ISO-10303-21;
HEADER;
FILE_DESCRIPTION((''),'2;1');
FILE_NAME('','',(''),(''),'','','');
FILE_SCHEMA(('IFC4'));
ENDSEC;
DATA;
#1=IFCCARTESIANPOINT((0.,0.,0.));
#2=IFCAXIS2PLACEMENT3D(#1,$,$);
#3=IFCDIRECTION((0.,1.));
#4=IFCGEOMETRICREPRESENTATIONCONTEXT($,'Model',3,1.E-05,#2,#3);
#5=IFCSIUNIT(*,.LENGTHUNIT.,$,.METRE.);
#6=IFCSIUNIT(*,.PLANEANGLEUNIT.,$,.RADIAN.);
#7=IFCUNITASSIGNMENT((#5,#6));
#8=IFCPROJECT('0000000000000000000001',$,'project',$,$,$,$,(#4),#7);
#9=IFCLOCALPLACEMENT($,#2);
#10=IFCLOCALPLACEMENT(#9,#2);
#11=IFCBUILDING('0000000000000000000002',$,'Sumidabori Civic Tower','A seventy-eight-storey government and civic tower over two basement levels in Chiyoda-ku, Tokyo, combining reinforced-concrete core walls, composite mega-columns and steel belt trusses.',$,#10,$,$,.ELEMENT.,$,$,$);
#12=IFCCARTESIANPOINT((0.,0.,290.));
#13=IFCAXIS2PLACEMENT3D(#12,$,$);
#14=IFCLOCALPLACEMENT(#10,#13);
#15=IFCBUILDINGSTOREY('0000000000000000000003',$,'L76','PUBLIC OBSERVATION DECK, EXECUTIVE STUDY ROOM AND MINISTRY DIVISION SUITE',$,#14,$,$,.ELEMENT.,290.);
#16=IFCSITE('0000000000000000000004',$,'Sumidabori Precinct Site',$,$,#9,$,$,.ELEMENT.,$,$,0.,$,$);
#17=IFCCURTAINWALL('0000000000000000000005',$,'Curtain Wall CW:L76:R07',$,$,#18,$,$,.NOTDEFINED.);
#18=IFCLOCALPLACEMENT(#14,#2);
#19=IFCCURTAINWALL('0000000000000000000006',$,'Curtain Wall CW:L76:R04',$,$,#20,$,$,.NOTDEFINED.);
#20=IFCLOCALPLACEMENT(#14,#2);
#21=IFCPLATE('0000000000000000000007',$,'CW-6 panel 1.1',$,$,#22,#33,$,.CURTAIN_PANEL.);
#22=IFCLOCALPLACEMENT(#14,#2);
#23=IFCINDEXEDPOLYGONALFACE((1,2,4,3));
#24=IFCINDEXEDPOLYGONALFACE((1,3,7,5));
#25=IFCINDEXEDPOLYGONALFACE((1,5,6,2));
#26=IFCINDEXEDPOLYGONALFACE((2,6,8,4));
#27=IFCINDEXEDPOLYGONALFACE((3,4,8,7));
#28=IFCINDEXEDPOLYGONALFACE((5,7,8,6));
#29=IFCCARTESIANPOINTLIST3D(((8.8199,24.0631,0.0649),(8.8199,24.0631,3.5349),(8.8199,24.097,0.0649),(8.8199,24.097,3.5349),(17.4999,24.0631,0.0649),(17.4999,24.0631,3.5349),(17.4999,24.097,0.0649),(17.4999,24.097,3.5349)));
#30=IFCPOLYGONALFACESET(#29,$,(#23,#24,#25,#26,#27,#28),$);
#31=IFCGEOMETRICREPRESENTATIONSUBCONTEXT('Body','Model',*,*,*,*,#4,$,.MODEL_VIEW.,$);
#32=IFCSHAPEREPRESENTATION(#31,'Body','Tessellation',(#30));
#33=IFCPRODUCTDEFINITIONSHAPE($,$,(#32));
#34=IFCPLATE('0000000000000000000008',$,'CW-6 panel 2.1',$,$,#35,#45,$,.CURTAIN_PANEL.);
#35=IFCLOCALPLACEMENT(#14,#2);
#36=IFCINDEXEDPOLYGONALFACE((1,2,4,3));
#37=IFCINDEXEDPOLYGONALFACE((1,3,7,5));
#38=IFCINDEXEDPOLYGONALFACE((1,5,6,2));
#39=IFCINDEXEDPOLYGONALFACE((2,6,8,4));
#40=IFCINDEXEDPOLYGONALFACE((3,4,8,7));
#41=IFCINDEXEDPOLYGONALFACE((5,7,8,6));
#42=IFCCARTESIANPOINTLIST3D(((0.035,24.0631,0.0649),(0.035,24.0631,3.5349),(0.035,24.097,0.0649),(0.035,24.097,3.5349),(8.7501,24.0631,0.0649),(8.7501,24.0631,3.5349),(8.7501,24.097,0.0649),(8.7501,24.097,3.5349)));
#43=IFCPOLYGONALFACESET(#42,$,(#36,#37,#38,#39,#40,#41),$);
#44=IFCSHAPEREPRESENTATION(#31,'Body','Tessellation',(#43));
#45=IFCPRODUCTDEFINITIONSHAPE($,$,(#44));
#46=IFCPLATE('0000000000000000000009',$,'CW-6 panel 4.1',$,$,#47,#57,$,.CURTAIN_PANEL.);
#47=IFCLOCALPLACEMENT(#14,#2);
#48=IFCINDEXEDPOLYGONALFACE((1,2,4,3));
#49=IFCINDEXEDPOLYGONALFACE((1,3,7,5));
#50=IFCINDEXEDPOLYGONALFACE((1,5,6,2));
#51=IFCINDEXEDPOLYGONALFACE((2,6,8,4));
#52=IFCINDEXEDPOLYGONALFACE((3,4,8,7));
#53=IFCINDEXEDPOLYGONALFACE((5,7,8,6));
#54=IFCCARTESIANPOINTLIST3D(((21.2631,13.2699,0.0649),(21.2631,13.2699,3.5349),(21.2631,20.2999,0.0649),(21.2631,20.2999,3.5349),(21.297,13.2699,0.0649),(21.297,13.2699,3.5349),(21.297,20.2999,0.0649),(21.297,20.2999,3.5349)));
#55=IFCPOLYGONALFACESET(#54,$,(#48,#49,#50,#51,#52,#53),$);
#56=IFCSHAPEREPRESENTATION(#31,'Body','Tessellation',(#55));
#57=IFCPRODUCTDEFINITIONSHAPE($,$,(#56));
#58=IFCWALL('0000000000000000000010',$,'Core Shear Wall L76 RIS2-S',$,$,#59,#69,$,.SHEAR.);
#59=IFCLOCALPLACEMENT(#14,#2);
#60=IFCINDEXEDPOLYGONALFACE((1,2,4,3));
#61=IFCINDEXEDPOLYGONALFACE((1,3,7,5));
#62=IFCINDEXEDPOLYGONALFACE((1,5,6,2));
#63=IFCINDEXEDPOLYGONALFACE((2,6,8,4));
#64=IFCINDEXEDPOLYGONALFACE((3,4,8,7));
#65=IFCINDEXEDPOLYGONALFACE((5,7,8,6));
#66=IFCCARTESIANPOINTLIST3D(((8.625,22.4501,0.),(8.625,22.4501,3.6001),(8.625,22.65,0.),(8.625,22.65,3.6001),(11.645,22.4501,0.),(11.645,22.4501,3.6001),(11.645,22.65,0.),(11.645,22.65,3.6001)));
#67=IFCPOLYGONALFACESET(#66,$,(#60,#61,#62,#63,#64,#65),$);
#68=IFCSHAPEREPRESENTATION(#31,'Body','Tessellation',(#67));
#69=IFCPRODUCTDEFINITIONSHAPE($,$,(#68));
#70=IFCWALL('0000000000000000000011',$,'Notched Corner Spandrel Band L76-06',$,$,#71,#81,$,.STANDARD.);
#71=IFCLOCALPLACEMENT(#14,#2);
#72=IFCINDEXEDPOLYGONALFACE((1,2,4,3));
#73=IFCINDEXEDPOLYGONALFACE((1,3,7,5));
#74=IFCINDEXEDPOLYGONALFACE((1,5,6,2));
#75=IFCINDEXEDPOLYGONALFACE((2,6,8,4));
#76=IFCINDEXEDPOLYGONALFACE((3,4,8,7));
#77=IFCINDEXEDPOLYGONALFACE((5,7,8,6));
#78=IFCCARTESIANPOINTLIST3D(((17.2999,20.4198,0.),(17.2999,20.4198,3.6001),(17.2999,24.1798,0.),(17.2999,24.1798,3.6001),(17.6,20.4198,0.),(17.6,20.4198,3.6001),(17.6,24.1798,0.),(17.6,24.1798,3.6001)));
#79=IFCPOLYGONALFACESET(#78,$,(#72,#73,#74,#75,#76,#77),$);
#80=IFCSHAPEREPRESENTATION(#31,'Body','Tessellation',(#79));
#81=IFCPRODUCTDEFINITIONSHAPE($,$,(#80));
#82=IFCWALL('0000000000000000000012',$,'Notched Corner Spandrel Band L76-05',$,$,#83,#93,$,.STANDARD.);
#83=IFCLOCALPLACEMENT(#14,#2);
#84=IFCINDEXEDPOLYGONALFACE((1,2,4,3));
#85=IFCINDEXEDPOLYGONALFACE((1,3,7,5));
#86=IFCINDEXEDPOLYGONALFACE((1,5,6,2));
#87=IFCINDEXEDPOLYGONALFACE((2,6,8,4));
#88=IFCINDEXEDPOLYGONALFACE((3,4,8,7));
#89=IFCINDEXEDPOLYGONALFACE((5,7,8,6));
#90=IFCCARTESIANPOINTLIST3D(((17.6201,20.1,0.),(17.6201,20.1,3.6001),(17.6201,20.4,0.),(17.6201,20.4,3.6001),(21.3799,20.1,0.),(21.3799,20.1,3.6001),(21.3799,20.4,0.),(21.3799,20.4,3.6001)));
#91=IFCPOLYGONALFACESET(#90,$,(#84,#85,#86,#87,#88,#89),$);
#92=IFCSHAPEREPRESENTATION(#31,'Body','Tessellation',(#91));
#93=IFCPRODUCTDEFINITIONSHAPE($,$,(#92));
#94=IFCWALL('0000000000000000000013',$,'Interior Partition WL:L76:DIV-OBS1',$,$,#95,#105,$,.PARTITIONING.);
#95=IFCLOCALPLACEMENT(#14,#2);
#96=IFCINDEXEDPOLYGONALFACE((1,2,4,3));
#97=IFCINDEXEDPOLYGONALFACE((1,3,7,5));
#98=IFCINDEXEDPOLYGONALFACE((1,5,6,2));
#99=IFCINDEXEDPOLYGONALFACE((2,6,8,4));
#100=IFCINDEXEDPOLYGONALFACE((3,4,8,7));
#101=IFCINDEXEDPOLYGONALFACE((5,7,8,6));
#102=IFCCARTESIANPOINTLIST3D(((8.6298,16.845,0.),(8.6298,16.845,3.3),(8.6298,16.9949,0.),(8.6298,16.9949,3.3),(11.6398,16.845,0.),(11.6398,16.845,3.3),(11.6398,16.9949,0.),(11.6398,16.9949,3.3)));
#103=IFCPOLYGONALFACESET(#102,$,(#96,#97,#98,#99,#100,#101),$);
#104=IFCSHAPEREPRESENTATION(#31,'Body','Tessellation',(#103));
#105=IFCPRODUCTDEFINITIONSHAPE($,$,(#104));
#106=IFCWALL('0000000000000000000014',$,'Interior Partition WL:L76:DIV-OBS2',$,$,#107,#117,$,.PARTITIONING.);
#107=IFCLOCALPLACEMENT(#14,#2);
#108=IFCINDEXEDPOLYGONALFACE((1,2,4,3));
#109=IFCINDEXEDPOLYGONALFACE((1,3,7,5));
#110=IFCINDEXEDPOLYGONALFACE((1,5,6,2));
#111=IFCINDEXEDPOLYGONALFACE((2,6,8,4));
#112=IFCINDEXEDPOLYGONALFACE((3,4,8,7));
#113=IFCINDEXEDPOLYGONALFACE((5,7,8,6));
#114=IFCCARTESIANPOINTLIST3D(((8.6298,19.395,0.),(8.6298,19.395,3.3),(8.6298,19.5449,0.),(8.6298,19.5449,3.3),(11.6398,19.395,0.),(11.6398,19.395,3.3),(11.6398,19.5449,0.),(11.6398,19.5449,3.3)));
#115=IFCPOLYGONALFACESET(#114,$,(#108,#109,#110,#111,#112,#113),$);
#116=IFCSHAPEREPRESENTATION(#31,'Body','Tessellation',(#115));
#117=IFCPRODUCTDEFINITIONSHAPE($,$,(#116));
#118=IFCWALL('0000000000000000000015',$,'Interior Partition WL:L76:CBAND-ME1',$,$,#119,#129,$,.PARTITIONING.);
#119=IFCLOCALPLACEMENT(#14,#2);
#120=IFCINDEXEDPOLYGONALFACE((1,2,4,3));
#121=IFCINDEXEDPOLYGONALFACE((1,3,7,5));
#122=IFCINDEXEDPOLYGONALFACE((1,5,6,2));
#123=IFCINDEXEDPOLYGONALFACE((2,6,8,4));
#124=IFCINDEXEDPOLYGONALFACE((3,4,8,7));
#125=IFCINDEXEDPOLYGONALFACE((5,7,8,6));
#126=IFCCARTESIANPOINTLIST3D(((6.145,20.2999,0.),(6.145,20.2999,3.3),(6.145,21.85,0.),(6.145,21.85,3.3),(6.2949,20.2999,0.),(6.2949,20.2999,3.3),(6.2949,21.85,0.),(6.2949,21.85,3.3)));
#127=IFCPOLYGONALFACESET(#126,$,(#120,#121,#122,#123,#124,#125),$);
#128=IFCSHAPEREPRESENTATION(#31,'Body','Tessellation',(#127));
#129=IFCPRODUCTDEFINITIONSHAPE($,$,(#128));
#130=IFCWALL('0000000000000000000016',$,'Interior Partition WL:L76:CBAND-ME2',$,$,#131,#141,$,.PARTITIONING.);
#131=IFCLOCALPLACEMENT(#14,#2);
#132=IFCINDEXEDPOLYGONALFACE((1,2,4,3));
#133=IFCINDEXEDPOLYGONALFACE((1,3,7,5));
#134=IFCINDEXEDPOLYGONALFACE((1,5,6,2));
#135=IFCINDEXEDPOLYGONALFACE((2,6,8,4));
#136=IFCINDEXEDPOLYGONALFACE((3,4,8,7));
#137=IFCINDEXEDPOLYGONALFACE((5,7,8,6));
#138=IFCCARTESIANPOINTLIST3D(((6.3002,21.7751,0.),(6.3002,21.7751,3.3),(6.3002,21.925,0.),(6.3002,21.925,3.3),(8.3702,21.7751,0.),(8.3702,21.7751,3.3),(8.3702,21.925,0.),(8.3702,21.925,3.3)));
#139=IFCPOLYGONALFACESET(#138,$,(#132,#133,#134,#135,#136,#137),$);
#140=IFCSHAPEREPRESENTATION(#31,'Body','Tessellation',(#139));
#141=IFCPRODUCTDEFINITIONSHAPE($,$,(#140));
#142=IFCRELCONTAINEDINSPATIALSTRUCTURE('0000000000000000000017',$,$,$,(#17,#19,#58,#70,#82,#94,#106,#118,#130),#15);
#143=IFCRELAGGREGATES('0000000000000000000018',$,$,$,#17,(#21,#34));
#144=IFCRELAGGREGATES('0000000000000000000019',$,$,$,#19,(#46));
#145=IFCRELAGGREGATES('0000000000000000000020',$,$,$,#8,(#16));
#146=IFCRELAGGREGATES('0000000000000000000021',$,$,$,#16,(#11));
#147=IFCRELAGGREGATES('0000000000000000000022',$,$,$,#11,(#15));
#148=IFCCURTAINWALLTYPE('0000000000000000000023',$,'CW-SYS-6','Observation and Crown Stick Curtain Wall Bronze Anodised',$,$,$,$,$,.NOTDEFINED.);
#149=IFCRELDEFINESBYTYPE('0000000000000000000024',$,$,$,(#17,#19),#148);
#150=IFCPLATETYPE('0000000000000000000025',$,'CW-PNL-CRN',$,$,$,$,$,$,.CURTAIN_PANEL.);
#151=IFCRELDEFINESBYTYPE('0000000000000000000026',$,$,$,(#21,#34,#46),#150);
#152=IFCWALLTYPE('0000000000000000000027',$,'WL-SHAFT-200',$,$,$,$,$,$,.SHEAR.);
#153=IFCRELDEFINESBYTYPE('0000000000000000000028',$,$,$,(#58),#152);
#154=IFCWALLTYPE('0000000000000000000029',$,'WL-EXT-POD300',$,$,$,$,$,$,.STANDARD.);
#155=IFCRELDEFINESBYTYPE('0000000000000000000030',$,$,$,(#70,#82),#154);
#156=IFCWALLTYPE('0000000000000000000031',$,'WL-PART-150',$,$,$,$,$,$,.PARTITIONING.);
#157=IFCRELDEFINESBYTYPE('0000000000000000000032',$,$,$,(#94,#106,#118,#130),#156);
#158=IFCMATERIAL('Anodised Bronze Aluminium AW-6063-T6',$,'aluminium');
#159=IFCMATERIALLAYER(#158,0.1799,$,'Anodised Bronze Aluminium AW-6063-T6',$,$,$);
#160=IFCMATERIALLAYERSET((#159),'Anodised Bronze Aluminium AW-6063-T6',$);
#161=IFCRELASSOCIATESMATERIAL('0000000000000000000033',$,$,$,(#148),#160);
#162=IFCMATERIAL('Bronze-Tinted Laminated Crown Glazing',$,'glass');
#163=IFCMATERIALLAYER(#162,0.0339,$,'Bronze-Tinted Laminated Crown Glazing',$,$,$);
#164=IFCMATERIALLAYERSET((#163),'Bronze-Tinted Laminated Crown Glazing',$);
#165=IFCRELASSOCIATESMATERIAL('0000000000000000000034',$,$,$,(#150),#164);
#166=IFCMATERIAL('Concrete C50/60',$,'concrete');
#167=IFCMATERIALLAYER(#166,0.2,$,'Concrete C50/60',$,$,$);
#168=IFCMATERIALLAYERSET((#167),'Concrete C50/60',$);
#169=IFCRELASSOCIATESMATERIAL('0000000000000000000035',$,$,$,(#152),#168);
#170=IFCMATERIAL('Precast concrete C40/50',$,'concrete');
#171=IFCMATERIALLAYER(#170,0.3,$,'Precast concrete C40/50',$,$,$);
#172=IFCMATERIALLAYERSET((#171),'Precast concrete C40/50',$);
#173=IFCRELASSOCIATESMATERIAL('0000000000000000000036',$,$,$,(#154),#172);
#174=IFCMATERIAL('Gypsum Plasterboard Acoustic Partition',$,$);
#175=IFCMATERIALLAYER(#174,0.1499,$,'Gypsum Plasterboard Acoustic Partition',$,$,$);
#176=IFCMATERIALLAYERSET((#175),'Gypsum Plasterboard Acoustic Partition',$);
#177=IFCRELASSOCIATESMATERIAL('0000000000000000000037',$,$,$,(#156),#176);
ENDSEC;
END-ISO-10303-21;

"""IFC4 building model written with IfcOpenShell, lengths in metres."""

from ifc_helpers import new_model, si_unit, direction, frame, frame_2d, origin, origin_2d, place, context, subcontext, project, spatial, rectangle, extrude, source, transform, mapped, material, layer, layer_set, type_object, element, aggregate, save


model = new_model("IFC4")

# Units and contexts
model_context = context("Model", 3, precision=1e-05, world=origin(), true_north=direction((0.0, 1.0)))
body_context = subcontext(model_context, "Body", "Model", "MODEL_VIEW")
ifc_project = project(units=[si_unit("LENGTHUNIT", "METRE"), si_unit("PLANEANGLEUNIT", "RADIAN")], contexts=[model_context])

# Site, building, storey
site_placement = place(None, origin())
site = spatial("IfcSite", under=ifc_project, at=site_placement, Name="Sumidabori Precinct Site", CompositionType="ELEMENT", RefElevation=0.0)
building_placement = place(site_placement, origin())
building = spatial("IfcBuilding", under=site, at=building_placement, Name="Sumidabori Civic Tower", Description="A seventy-eight-storey government and civic tower over two basement levels in Chiyoda-ku, Tokyo, combining reinforced-concrete core walls, composite mega-columns and steel belt trusses.", CompositionType="ELEMENT")
storey_placement = place(building_placement, frame((0.0, 0.0, 290.0)))
storey = spatial("IfcBuildingStorey", under=building, at=storey_placement, Name="L76", Description="PUBLIC OBSERVATION DECK, EXECUTIVE STUDY ROOM AND MINISTRY DIVISION SUITE", CompositionType="ELEMENT", Elevation=290.0)

# Shared definitions
ifc_material_1 = material(Name="Concrete C50/60", Category="concrete")

# Curtain wall
ifc_material_2 = material(Name="Anodised Bronze Aluminium AW-6063-T6", Category="aluminium")
ifc_layer_1 = layer(ifc_material_2, 0.1799, Name="Anodised Bronze Aluminium AW-6063-T6")
ifc_layer_set_1 = layer_set([ifc_layer_1], Name="Anodised Bronze Aluminium AW-6063-T6")
curtain_wall_type = type_object("IfcCurtainWallType", Name="CW-SYS-6", Description="Observation and Crown Stick Curtain Wall Bronze Anodised", PredefinedType="NOTDEFINED", material=ifc_layer_set_1)
curtain_wall_1_placement = place(storey_placement, origin())
curtain_wall_1 = element("IfcCurtainWall", 1, at=curtain_wall_1_placement, inside=storey, type_object=curtain_wall_type, Name="Curtain Wall CW:L76:R07", PredefinedType="NOTDEFINED")

# Curtain wall
curtain_wall_2_placement = place(storey_placement, origin())
curtain_wall_2 = element("IfcCurtainWall", 2, at=curtain_wall_2_placement, inside=storey, type_object=curtain_wall_type, Name="Curtain Wall CW:L76:R04", PredefinedType="NOTDEFINED")

# Plates
ifc_material_3 = material(Name="Bronze-Tinted Laminated Crown Glazing", Category="glass")
ifc_layer_2 = layer(ifc_material_3, 0.0339, Name="Bronze-Tinted Laminated Crown Glazing")
ifc_layer_set_2 = layer_set([ifc_layer_2], Name="Bronze-Tinted Laminated Crown Glazing")
plate_type = type_object("IfcPlateType", Name="CW-PNL-CRN", PredefinedType="CURTAIN_PANEL", material=ifc_layer_set_2)
shared_shape_1 = source(origin(), body_context, "Body", "SweptSolid", [
    extrude(rectangle(XDim=8.6799, YDim=0.0339, at=origin_2d()), origin(), (0.0, 0.0, 1.0), 3.47),
])
plate_1_placement = place(storey_placement, frame((13.1599, 24.0801, 0.0649), z_axis=(0.0, 0.0, 1.0), x_axis=(-1.0, 0.0, 0.0)))
plate_1 = element("IfcPlate", 3, at=plate_1_placement, type_object=plate_type, Name="CW-6 panel 1.1", PredefinedType="CURTAIN_PANEL", context=body_context, shape_type="MappedRepresentation", body=[
    mapped(shared_shape_1, transform((0.0, 0.0, 0.0), x_axis=(1.0, 0.0, 0.0), y_axis=(0.0, 1.0, 0.0), z_axis=(0.0, 0.0, 1.0), scale=1.0)),
])
shared_shape_2 = source(origin(), body_context, "Body", "SweptSolid", [
    extrude(rectangle(XDim=8.7151, YDim=0.0339, at=origin_2d()), origin(), (0.0, 0.0, 1.0), 3.47),
])
plate_2_placement = place(storey_placement, frame((4.3926, 24.0801, 0.0649), z_axis=(0.0, 0.0, 1.0), x_axis=(-1.0, 0.0, 0.0)))
plate_2 = element("IfcPlate", 4, at=plate_2_placement, type_object=plate_type, Name="CW-6 panel 2.1", PredefinedType="CURTAIN_PANEL", context=body_context, shape_type="MappedRepresentation", body=[
    mapped(shared_shape_2, transform((0.0, 0.0, 0.0), x_axis=(1.0, 0.0, 0.0), y_axis=(0.0, 1.0, 0.0), z_axis=(0.0, 0.0, 1.0), scale=1.0)),
])
aggregate(curtain_wall_1, [plate_1, plate_2])
shared_shape_3 = source(origin(), body_context, "Body", "SweptSolid", [
    extrude(rectangle(XDim=7.03, YDim=0.0339, at=origin_2d()), origin(), (0.0, 0.0, 1.0), 3.47),
])
plate_3_placement = place(storey_placement, frame((21.28, 16.7849, 0.0649), z_axis=(0.0, 0.0, 1.0), x_axis=(0.0, 1.0, 0.0)))
plate_3 = element("IfcPlate", 5, at=plate_3_placement, type_object=plate_type, Name="CW-6 panel 4.1", PredefinedType="CURTAIN_PANEL", context=body_context, shape_type="MappedRepresentation", body=[
    mapped(shared_shape_3, transform((0.0, 0.0, 0.0), x_axis=(1.0, 0.0, 0.0), y_axis=(0.0, 1.0, 0.0), z_axis=(0.0, 0.0, 1.0), scale=1.0)),
])
aggregate(curtain_wall_2, [plate_3])

# Walls
ifc_layer_3 = layer(ifc_material_1, 0.2, Name="Concrete C50/60")
ifc_layer_set_3 = layer_set([ifc_layer_3], Name="Concrete C50/60")
wall_type_1 = type_object("IfcWallType", Name="WL-SHAFT-200", PredefinedType="SHEAR", material=ifc_layer_set_3)
shared_shape_4 = source(origin(), body_context, "Body", "SweptSolid", [
    extrude(rectangle(XDim=3.02, YDim=0.2, at=frame_2d((1.51, 0.0))), origin(), (0.0, 0.0, 1.0), 3.6001),
])
wall_1_placement = place(storey_placement, frame((8.625, 22.55, 0.0), z_axis=(0.0, 0.0, 1.0), x_axis=(1.0, 0.0, 0.0)))
element("IfcWall", 6, at=wall_1_placement, inside=storey, type_object=wall_type_1, Name="Core Shear Wall L76 RIS2-S", PredefinedType="SHEAR", context=body_context, shape_type="MappedRepresentation", body=[
    mapped(shared_shape_4, transform((0.0, 0.0, 0.0), x_axis=(1.0, 0.0, 0.0), y_axis=(0.0, 1.0, 0.0), z_axis=(0.0, 0.0, 1.0), scale=1.0)),
])
ifc_material_4 = material(Name="Precast concrete C40/50", Category="concrete")
ifc_layer_4 = layer(ifc_material_4, 0.3, Name="Precast concrete C40/50")
ifc_layer_set_4 = layer_set([ifc_layer_4], Name="Precast concrete C40/50")
wall_type_2 = type_object("IfcWallType", Name="WL-EXT-POD300", PredefinedType="STANDARD", material=ifc_layer_set_4)
shared_shape_5 = source(origin(), body_context, "Body", "SweptSolid", [
    extrude(rectangle(XDim=3.76, YDim=0.3, at=frame_2d((1.8799, 0.0))), origin(), (0.0, 0.0, 1.0), 3.6001),
])
wall_2_placement = place(storey_placement, frame((17.45, 20.4199, 0.0), z_axis=(0.0, 0.0, 1.0), x_axis=(0.0, 1.0, 0.0)))
element("IfcWall", 7, at=wall_2_placement, inside=storey, type_object=wall_type_2, Name="Notched Corner Spandrel Band L76-06", PredefinedType="STANDARD", context=body_context, shape_type="MappedRepresentation", body=[
    mapped(shared_shape_5, transform((0.0, 0.0, 0.0), x_axis=(1.0, 0.0, 0.0), y_axis=(0.0, 1.0, 0.0), z_axis=(0.0, 0.0, 1.0), scale=1.0)),
])
shared_shape_6 = source(origin(), body_context, "Body", "SweptSolid", [
    extrude(rectangle(XDim=3.7598, YDim=0.3, at=frame_2d((1.8799, 0.0))), origin(), (0.0, 0.0, 1.0), 3.6001),
])
wall_3_placement = place(storey_placement, frame((21.3799, 20.25, 0.0), z_axis=(0.0, 0.0, 1.0), x_axis=(-1.0, 0.0, 0.0)))
element("IfcWall", 8, at=wall_3_placement, inside=storey, type_object=wall_type_2, Name="Notched Corner Spandrel Band L76-05", PredefinedType="STANDARD", context=body_context, shape_type="MappedRepresentation", body=[
    mapped(shared_shape_6, transform((0.0, 0.0, 0.0), x_axis=(1.0, 0.0, 0.0), y_axis=(0.0, 1.0, 0.0), z_axis=(0.0, 0.0, 1.0), scale=1.0)),
])
ifc_material_5 = material(Name="Gypsum Plasterboard Acoustic Partition")
ifc_layer_5 = layer(ifc_material_5, 0.1499, Name="Gypsum Plasterboard Acoustic Partition")
ifc_layer_set_5 = layer_set([ifc_layer_5], Name="Gypsum Plasterboard Acoustic Partition")
wall_type_3 = type_object("IfcWallType", Name="WL-PART-150", PredefinedType="PARTITIONING", material=ifc_layer_set_5)
shared_shape_7 = source(origin(), body_context, "Body", "SweptSolid", [
    extrude(rectangle(XDim=3.01, YDim=0.1499, at=frame_2d((1.5049, 0.0))), origin(), (0.0, 0.0, 1.0), 3.3),
])
for number, where, z_axis, x_axis, name in (
    (9, (8.6299, 16.9199, 0.0), (0.0, 0.0, 1.0), (1.0, 0.0, 0.0), "Interior Partition WL:L76:DIV-OBS1"),
    (10, (8.6299, 19.47, 0.0), (0.0, 0.0, 1.0), (1.0, 0.0, 0.0), "Interior Partition WL:L76:DIV-OBS2"),
):
    element("IfcWall", number, at=place(storey_placement, frame(where, z_axis=z_axis, x_axis=x_axis)), inside=storey, type_object=wall_type_3, Name=name, PredefinedType="PARTITIONING", context=body_context, shape_type="MappedRepresentation", body=[
        mapped(shared_shape_7, transform((0.0, 0.0, 0.0), x_axis=(1.0, 0.0, 0.0), y_axis=(0.0, 1.0, 0.0), z_axis=(0.0, 0.0, 1.0), scale=1.0)),
    ])
shared_shape_8 = source(origin(), body_context, "Body", "SweptSolid", [
    extrude(rectangle(XDim=1.55, YDim=0.1499, at=frame_2d((0.7749, 0.0))), origin(), (0.0, 0.0, 1.0), 3.3),
])
wall_4_placement = place(storey_placement, frame((6.22, 20.3, 0.0), z_axis=(0.0, 0.0, 1.0), x_axis=(0.0, 1.0, 0.0)))
element("IfcWall", 11, at=wall_4_placement, inside=storey, type_object=wall_type_3, Name="Interior Partition WL:L76:CBAND-ME1", PredefinedType="PARTITIONING", context=body_context, shape_type="MappedRepresentation", body=[
    mapped(shared_shape_8, transform((0.0, 0.0, 0.0), x_axis=(1.0, 0.0, 0.0), y_axis=(0.0, 1.0, 0.0), z_axis=(0.0, 0.0, 1.0), scale=1.0)),
])
shared_shape_9 = source(origin(), body_context, "Body", "SweptSolid", [
    extrude(rectangle(XDim=2.0701, YDim=0.1499, at=frame_2d((1.0352, 0.0))), origin(), (0.0, 0.0, 1.0), 3.3),
])
wall_5_placement = place(storey_placement, frame((6.3, 21.8501, 0.0), z_axis=(0.0, 0.0, 1.0), x_axis=(1.0, 0.0, 0.0)))
element("IfcWall", 12, at=wall_5_placement, inside=storey, type_object=wall_type_3, Name="Interior Partition WL:L76:CBAND-ME2", PredefinedType="PARTITIONING", context=body_context, shape_type="MappedRepresentation", body=[
    mapped(shared_shape_9, transform((0.0, 0.0, 0.0), x_axis=(1.0, 0.0, 0.0), y_axis=(0.0, 1.0, 0.0), z_axis=(0.0, 0.0, 1.0), scale=1.0)),
])

save(model, "model.ifc")
